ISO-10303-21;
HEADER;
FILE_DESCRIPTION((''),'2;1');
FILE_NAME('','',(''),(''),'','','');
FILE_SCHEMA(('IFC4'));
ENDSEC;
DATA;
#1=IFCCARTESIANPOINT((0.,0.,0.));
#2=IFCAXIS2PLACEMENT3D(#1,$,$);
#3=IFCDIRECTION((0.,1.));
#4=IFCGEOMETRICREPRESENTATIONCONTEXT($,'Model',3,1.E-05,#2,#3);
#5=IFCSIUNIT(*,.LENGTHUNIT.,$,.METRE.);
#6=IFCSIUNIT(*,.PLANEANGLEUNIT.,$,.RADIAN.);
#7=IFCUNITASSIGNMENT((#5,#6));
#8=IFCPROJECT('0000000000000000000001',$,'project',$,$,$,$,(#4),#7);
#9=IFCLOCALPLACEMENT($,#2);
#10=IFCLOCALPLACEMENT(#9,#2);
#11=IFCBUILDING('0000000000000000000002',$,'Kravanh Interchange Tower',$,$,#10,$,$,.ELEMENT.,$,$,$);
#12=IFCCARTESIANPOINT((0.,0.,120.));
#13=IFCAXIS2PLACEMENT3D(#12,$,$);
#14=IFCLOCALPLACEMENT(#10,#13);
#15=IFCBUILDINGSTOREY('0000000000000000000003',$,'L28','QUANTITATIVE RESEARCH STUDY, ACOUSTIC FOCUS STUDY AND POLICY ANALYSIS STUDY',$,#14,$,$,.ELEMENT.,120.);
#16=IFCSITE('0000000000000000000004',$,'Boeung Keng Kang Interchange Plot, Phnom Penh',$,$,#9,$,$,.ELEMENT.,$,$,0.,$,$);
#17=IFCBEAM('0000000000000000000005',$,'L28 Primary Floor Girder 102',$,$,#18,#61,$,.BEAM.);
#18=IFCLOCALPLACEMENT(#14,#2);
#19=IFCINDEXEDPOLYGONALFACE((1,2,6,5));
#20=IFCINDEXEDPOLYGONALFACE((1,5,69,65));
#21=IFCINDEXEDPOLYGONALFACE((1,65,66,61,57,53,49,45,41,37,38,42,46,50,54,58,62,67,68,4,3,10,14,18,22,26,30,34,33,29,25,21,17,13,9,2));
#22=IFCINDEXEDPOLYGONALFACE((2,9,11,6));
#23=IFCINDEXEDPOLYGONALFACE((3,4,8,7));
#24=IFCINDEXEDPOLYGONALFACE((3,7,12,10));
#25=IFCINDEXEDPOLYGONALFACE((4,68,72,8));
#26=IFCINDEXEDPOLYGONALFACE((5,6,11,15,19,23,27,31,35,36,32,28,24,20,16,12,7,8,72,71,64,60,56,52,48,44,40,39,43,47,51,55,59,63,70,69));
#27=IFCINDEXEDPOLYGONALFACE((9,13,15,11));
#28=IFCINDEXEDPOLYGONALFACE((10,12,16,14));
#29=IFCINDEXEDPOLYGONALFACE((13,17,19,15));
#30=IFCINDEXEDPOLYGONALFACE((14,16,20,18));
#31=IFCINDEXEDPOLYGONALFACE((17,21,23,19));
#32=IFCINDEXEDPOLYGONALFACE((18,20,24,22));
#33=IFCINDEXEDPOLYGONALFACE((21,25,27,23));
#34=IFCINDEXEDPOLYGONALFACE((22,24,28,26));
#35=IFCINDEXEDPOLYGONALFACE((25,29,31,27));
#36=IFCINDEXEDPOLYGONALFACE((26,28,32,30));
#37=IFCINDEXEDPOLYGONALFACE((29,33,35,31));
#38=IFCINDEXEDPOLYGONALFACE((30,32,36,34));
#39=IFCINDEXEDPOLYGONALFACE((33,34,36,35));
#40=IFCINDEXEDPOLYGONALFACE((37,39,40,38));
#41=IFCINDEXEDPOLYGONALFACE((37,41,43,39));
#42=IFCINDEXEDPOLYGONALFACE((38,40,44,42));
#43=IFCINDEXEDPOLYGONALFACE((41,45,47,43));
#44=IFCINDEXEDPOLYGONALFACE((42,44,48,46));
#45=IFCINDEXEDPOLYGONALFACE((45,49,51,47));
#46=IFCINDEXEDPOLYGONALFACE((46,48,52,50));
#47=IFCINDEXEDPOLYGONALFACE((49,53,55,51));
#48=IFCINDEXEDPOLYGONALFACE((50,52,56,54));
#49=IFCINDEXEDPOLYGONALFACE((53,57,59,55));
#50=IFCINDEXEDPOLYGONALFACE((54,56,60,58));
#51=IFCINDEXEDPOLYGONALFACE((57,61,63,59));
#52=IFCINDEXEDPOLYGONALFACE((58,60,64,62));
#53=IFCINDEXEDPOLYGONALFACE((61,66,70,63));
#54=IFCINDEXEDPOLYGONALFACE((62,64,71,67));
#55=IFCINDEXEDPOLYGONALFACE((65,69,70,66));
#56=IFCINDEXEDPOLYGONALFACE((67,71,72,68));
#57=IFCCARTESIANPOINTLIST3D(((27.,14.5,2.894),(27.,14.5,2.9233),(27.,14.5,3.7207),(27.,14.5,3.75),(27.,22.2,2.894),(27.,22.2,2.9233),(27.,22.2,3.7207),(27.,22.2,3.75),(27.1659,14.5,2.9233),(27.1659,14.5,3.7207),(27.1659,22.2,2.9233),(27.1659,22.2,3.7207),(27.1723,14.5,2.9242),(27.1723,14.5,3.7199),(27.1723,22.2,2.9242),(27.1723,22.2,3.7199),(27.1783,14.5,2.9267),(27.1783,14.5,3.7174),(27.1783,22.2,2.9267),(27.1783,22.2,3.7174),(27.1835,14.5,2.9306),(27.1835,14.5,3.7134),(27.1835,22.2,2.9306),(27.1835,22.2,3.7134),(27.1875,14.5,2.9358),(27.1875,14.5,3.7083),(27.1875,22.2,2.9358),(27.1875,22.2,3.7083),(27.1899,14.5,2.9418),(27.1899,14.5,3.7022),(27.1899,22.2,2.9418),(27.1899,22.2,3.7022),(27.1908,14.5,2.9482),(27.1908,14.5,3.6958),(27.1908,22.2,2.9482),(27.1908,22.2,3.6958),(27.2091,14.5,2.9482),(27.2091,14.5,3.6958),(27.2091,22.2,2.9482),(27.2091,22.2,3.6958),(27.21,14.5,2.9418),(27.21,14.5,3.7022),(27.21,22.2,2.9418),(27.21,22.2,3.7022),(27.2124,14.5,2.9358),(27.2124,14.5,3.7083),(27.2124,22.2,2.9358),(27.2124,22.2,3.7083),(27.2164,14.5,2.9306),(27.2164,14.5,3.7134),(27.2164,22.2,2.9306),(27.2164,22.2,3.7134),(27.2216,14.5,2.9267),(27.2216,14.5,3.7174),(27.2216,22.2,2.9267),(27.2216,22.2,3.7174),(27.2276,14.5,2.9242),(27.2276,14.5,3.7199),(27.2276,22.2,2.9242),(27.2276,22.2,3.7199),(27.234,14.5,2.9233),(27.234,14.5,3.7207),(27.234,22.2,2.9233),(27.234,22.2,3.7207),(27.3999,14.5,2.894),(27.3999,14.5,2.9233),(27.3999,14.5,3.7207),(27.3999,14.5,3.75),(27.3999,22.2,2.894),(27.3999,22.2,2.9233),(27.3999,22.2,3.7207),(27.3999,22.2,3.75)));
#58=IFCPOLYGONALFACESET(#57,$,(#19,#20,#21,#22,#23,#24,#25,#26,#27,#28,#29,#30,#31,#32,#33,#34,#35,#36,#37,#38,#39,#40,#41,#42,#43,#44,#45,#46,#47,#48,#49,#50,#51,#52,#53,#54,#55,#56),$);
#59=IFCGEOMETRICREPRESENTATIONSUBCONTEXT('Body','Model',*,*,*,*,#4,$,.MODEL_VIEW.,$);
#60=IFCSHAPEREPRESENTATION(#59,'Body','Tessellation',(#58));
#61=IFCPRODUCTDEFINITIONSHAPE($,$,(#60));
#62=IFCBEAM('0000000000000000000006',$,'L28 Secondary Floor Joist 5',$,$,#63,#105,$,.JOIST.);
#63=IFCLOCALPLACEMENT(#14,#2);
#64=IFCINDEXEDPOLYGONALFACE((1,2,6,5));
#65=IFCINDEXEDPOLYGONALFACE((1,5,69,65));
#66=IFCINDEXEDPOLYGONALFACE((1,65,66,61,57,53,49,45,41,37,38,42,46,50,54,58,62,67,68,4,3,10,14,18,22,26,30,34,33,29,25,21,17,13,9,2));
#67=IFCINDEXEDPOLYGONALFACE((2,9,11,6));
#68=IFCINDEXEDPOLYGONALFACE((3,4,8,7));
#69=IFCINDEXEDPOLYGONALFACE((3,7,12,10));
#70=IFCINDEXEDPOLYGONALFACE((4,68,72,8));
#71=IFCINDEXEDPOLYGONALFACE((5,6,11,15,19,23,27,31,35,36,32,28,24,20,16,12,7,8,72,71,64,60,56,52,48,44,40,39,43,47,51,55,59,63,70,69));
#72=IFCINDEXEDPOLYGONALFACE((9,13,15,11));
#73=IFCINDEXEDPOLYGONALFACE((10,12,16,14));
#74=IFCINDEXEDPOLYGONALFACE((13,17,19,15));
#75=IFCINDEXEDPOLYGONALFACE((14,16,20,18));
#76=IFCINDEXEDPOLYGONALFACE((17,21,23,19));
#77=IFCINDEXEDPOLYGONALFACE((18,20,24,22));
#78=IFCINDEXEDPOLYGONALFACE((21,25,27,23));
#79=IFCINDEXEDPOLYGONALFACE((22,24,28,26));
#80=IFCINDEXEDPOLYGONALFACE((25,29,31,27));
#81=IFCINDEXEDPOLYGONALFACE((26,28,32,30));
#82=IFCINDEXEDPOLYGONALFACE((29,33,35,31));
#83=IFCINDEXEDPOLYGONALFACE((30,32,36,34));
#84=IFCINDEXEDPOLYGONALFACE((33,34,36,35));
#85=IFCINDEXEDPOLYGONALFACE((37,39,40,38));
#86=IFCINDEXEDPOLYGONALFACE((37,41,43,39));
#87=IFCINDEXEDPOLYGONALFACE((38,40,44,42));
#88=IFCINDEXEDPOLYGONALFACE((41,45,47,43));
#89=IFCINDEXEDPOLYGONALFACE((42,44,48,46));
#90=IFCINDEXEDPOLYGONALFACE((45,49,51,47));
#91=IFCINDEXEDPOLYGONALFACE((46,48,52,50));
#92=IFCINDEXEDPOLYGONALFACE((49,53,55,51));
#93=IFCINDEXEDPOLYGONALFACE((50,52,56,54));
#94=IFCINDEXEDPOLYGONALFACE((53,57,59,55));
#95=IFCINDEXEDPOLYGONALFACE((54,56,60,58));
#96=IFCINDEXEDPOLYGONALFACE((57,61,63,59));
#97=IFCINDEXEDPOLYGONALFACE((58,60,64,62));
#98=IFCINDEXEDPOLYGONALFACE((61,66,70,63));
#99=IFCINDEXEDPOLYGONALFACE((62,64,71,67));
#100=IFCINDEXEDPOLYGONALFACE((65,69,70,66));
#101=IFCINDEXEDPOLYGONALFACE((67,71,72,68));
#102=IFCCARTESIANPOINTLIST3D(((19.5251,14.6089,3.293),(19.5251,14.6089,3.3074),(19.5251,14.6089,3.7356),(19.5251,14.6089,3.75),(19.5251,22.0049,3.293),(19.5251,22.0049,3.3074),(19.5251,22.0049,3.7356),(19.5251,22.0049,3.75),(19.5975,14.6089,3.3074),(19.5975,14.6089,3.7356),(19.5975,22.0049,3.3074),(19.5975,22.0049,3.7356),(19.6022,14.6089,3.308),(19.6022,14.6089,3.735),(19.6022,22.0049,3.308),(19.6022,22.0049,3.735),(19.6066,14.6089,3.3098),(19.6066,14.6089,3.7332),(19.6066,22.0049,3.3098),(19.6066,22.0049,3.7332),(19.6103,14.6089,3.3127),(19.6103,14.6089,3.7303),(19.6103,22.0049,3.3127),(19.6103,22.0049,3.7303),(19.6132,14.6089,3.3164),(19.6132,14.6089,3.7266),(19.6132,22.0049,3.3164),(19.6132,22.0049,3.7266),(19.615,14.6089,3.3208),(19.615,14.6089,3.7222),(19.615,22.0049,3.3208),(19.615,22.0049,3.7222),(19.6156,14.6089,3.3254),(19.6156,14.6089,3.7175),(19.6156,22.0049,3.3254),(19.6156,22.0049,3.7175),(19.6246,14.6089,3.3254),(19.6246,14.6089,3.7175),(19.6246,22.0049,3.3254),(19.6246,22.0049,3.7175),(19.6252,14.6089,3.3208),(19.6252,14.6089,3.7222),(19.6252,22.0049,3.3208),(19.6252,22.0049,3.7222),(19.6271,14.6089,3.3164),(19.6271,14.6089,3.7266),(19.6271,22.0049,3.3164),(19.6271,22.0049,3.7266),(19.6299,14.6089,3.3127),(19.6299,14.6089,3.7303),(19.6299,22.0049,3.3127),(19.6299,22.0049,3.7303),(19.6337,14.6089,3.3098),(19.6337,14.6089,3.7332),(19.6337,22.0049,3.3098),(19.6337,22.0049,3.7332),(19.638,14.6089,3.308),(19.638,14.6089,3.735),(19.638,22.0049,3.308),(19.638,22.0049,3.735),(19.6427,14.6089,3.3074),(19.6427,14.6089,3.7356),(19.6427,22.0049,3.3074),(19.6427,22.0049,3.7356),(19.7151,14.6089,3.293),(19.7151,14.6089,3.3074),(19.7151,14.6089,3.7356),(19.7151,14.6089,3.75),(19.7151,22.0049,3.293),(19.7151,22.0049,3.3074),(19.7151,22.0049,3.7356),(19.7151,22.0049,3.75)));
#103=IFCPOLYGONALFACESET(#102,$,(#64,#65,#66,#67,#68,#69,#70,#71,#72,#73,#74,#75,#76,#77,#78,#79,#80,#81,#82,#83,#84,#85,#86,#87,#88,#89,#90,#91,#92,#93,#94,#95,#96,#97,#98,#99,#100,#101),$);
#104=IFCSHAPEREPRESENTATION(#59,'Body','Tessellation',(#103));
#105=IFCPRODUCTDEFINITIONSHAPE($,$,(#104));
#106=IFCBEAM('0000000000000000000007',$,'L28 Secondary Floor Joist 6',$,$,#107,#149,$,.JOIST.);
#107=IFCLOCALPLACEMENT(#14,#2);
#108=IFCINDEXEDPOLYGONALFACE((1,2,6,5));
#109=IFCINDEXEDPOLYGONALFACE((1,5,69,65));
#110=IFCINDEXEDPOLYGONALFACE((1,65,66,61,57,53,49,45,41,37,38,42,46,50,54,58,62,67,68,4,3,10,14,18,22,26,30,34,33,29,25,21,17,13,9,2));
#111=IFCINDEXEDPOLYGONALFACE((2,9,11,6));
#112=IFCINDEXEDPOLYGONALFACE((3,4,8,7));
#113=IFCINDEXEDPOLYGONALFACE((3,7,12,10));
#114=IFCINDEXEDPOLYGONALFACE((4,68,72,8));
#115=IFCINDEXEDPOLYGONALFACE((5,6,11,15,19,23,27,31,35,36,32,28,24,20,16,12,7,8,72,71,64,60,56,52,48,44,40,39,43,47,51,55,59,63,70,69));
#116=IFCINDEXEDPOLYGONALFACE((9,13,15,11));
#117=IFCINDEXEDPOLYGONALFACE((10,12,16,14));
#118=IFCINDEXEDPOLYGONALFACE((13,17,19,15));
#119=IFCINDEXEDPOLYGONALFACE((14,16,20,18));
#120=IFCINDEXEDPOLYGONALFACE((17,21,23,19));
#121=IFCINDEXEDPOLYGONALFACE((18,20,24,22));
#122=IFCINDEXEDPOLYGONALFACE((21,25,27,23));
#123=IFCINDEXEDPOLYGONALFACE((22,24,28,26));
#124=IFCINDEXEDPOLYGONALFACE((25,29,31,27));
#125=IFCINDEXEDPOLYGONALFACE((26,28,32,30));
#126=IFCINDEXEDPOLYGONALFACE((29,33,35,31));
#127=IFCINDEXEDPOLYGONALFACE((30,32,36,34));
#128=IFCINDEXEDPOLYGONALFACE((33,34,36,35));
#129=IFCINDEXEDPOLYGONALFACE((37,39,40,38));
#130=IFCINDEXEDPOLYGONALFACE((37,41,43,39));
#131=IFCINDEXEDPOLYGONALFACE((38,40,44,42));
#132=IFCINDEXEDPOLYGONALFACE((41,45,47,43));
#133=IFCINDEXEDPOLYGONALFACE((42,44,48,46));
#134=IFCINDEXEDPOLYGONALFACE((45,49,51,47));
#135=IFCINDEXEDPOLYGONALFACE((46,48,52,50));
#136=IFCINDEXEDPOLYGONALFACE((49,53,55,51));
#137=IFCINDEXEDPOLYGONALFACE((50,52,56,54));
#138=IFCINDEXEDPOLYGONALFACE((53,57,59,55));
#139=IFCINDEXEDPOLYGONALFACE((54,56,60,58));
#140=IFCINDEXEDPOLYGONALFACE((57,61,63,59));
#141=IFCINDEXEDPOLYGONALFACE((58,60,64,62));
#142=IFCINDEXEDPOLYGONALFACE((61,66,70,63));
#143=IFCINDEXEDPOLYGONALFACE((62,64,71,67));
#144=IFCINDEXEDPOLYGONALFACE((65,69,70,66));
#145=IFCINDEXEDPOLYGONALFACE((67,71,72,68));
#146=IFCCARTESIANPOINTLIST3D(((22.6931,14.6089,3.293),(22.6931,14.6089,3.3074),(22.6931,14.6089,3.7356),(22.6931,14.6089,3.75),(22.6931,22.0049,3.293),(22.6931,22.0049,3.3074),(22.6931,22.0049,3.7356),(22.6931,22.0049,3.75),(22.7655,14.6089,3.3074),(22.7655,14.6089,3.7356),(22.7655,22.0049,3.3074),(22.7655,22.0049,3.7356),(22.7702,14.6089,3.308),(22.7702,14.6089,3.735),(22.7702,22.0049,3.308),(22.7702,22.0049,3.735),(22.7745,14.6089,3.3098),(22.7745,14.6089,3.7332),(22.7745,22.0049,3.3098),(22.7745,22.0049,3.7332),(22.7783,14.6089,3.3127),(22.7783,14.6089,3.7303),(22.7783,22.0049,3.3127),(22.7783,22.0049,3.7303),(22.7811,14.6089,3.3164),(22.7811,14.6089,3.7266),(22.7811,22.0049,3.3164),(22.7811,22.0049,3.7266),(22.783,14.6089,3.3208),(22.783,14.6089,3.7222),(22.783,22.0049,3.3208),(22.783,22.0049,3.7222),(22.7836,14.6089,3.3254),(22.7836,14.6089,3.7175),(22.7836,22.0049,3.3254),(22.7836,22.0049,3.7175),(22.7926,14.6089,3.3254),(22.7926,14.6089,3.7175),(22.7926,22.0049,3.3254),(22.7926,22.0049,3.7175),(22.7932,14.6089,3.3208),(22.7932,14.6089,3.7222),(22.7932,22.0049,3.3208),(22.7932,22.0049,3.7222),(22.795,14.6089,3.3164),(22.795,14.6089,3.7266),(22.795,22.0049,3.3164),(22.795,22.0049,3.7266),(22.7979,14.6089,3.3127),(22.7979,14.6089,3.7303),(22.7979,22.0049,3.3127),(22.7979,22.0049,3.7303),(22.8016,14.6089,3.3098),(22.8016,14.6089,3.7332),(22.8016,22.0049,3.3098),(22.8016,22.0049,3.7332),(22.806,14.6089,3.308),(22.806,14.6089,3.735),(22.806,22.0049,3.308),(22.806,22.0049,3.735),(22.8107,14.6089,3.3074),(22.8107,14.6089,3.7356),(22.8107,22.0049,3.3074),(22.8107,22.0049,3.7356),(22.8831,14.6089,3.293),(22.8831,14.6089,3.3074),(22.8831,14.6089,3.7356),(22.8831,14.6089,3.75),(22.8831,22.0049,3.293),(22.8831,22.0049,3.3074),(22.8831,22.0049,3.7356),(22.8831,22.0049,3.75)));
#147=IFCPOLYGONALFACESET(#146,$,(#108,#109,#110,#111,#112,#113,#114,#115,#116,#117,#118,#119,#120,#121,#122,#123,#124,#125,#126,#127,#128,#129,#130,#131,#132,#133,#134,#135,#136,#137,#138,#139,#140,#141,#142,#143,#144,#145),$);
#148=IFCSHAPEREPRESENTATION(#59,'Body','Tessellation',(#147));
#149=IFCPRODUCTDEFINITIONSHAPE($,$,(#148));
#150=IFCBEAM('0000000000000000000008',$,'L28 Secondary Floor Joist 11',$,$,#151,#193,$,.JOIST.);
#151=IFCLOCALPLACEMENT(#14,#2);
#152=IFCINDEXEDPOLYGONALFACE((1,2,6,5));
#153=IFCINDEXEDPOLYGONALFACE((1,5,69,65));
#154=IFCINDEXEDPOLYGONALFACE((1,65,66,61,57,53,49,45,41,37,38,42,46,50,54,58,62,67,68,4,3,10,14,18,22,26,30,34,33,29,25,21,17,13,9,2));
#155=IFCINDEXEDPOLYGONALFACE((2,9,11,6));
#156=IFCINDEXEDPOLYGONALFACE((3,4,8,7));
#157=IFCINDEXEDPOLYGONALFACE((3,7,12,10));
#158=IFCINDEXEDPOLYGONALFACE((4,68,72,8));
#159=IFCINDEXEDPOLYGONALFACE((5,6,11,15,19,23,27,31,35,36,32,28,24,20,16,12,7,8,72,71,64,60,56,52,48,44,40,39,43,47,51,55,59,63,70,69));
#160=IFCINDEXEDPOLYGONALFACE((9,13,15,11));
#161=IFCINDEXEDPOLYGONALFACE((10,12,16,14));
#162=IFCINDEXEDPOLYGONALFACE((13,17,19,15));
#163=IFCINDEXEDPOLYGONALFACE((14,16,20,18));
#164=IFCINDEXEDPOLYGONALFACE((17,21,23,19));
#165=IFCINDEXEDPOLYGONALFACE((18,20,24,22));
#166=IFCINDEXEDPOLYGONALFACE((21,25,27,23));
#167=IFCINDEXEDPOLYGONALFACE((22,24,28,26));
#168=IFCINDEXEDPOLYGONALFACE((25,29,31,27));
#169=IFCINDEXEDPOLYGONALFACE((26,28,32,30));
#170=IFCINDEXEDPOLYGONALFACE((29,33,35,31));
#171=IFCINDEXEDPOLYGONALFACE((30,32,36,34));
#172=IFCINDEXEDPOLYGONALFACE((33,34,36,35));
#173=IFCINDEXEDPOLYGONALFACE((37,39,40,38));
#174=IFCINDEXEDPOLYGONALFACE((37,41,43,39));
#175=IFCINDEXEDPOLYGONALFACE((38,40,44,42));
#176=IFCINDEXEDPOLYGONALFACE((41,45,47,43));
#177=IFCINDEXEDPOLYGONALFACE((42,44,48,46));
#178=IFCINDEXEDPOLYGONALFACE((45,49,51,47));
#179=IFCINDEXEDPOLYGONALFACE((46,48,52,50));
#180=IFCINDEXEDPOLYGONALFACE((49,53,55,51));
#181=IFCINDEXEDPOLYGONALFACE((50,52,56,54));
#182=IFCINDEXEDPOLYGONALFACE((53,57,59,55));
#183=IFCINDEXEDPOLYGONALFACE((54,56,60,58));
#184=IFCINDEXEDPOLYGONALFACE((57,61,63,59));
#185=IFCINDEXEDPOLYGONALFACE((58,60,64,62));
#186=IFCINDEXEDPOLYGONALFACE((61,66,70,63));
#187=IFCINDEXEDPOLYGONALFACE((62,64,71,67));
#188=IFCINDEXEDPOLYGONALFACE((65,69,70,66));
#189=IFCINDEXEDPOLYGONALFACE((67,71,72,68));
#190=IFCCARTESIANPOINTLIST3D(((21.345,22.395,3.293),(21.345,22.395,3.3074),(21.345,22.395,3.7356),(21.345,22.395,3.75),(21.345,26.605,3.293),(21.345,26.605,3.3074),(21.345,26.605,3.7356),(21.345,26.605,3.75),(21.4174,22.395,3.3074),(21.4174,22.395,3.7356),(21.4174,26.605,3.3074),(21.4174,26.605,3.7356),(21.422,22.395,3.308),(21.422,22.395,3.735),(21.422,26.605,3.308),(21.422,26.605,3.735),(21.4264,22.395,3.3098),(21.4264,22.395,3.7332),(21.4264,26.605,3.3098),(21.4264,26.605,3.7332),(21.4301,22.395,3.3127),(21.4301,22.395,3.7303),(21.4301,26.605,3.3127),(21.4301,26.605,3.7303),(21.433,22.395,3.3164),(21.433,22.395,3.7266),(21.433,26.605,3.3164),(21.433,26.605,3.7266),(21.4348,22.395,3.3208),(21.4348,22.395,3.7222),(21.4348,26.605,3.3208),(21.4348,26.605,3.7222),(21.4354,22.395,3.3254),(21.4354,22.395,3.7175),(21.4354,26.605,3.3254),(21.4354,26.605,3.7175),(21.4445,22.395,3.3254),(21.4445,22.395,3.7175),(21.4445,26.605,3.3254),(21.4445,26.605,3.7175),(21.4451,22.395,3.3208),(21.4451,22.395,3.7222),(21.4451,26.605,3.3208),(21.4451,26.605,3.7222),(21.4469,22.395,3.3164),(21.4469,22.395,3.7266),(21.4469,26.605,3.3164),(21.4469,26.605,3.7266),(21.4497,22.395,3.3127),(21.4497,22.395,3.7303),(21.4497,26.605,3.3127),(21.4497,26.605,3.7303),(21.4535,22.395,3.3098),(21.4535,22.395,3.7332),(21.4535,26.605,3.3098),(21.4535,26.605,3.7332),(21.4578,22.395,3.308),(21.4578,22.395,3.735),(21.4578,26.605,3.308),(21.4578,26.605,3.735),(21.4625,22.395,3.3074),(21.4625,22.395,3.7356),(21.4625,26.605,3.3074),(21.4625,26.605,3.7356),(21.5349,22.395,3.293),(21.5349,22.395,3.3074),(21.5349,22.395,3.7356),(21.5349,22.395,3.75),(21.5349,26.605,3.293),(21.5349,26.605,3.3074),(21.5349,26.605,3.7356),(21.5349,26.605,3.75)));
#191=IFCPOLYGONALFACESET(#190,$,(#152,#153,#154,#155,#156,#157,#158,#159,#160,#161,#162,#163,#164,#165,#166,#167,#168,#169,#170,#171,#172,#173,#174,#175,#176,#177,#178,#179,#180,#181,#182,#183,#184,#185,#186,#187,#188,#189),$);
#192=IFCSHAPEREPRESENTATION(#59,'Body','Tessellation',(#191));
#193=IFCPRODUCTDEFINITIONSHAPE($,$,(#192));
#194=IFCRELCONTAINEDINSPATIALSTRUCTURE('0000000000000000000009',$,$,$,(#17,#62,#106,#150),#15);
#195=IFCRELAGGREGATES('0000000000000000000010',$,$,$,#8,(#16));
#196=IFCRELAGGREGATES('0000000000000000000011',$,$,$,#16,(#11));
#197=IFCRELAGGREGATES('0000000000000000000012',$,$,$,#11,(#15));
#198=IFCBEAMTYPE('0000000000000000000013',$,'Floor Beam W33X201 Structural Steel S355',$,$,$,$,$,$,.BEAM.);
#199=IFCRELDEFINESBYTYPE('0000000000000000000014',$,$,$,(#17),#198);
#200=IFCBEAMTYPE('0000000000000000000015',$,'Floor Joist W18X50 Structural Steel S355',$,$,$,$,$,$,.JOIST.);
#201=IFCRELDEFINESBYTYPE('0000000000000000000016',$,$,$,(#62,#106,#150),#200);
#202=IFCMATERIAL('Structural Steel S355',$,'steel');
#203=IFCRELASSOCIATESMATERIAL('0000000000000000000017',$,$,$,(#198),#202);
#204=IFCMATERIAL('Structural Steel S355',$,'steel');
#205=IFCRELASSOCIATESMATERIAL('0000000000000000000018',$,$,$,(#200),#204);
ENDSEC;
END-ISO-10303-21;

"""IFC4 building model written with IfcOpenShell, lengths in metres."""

from ifc_helpers import new_model, si_unit, direction, frame, origin, origin_2d, place, context, subcontext, project, spatial, i_section, extrude, material, material_profile, profile_set, type_object, element, save


model = new_model("IFC4")

# Units and contexts
model_context = context("Model", 3, precision=1e-05, world=origin(), true_north=direction((0.0, 1.0)))
body_context = subcontext(model_context, "Body", "Model", "MODEL_VIEW")
ifc_project = project(units=[si_unit("LENGTHUNIT", "METRE"), si_unit("PLANEANGLEUNIT", "RADIAN")], contexts=[model_context])

# Site, building, storey
site_placement = place(None, origin())
site = spatial("IfcSite", under=ifc_project, at=site_placement, Name="Boeung Keng Kang Interchange Plot, Phnom Penh", CompositionType="ELEMENT", RefElevation=0.0)
building_placement = place(site_placement, origin())
building = spatial("IfcBuilding", under=site, at=building_placement, Name="Kravanh Interchange Tower", CompositionType="ELEMENT")
storey_placement = place(building_placement, frame((0.0, 0.0, 120.0)))
storey = spatial("IfcBuildingStorey", under=building, at=storey_placement, Name="L28", Description="QUANTITATIVE RESEARCH STUDY, ACOUSTIC FOCUS STUDY AND POLICY ANALYSIS STUDY", CompositionType="ELEMENT", Elevation=120.0)

# Beams
ifc_material_1 = material(Name="Structural Steel S355", Category="steel")
ifc_material_profile_1 = material_profile(ifc_material_1, i_section(OverallWidth=0.3999, OverallDepth=0.856, WebThickness=0.0183, FlangeThickness=0.0293, FilletRadius=0.0249, at=origin_2d()), Name="W33X201")
ifc_profile_set_1 = profile_set([ifc_material_profile_1], Name="Structural Steel S355")
beam_type_1 = type_object("IfcBeamType", Name="Floor Beam W33X201 Structural Steel S355", PredefinedType="BEAM", material=ifc_profile_set_1)
beam_1_placement = place(storey_placement, frame((27.2, 14.5, 3.322), z_axis=(0.0, 1.0, 0.0), x_axis=(-1.0, 0.0, 0.0)))
element("IfcBeam", 1, at=beam_1_placement, inside=storey, type_object=beam_type_1, Name="L28 Primary Floor Girder 102", PredefinedType="BEAM", context=body_context, shape_type="SweptSolid", body=[
    extrude(i_section(OverallWidth=0.3999, OverallDepth=0.856, WebThickness=0.0183, FlangeThickness=0.0293, FilletRadius=0.0249, at=origin_2d()), origin(), (0.0, 0.0, 1.0), 7.7),
])
ifc_material_2 = material(Name="Structural Steel S355", Category="steel")
ifc_material_profile_2 = material_profile(ifc_material_2, i_section(OverallWidth=0.1899, OverallDepth=0.457, WebThickness=0.009, FlangeThickness=0.0144, FilletRadius=0.0181, at=origin_2d()), Name="W18X50")
ifc_profile_set_2 = profile_set([ifc_material_profile_2], Name="Structural Steel S355")
beam_type_2 = type_object("IfcBeamType", Name="Floor Joist W18X50 Structural Steel S355", PredefinedType="JOIST", material=ifc_profile_set_2)
for number, where, z_axis, x_axis, name in (
    (2, (19.6201, 14.6089, 3.5215), (0.0, 1.0, 0.0), (-1.0, 0.0, 0.0), "L28 Secondary Floor Joist 5"),
    (3, (22.7881, 14.6089, 3.5215), (0.0, 1.0, 0.0), (-1.0, 0.0, 0.0), "L28 Secondary Floor Joist 6"),
):
    element("IfcBeam", number, at=place(storey_placement, frame(where, z_axis=z_axis, x_axis=x_axis)), inside=storey, type_object=beam_type_2, Name=name, PredefinedType="JOIST", context=body_context, shape_type="SweptSolid", body=[
        extrude(i_section(OverallWidth=0.1899, OverallDepth=0.457, WebThickness=0.009, FlangeThickness=0.0144, FilletRadius=0.0181, at=origin_2d()), origin(), (0.0, 0.0, 1.0), 7.396),
    ])
for number, where, z_axis, x_axis, name in (
    (4, (21.4399, 22.395, 3.5215), (0.0, 1.0, 0.0), (-1.0, 0.0, 0.0), "L28 Secondary Floor Joist 11"),
):
    element("IfcBeam", number, at=place(storey_placement, frame(where, z_axis=z_axis, x_axis=x_axis)), inside=storey, type_object=beam_type_2, Name=name, PredefinedType="JOIST", context=body_context, shape_type="SweptSolid", body=[
        extrude(i_section(OverallWidth=0.1899, OverallDepth=0.457, WebThickness=0.009, FlangeThickness=0.0144, FilletRadius=0.0181, at=origin_2d()), origin(), (0.0, 0.0, 1.0), 4.21),
    ])

save(model, "model.ifc")
